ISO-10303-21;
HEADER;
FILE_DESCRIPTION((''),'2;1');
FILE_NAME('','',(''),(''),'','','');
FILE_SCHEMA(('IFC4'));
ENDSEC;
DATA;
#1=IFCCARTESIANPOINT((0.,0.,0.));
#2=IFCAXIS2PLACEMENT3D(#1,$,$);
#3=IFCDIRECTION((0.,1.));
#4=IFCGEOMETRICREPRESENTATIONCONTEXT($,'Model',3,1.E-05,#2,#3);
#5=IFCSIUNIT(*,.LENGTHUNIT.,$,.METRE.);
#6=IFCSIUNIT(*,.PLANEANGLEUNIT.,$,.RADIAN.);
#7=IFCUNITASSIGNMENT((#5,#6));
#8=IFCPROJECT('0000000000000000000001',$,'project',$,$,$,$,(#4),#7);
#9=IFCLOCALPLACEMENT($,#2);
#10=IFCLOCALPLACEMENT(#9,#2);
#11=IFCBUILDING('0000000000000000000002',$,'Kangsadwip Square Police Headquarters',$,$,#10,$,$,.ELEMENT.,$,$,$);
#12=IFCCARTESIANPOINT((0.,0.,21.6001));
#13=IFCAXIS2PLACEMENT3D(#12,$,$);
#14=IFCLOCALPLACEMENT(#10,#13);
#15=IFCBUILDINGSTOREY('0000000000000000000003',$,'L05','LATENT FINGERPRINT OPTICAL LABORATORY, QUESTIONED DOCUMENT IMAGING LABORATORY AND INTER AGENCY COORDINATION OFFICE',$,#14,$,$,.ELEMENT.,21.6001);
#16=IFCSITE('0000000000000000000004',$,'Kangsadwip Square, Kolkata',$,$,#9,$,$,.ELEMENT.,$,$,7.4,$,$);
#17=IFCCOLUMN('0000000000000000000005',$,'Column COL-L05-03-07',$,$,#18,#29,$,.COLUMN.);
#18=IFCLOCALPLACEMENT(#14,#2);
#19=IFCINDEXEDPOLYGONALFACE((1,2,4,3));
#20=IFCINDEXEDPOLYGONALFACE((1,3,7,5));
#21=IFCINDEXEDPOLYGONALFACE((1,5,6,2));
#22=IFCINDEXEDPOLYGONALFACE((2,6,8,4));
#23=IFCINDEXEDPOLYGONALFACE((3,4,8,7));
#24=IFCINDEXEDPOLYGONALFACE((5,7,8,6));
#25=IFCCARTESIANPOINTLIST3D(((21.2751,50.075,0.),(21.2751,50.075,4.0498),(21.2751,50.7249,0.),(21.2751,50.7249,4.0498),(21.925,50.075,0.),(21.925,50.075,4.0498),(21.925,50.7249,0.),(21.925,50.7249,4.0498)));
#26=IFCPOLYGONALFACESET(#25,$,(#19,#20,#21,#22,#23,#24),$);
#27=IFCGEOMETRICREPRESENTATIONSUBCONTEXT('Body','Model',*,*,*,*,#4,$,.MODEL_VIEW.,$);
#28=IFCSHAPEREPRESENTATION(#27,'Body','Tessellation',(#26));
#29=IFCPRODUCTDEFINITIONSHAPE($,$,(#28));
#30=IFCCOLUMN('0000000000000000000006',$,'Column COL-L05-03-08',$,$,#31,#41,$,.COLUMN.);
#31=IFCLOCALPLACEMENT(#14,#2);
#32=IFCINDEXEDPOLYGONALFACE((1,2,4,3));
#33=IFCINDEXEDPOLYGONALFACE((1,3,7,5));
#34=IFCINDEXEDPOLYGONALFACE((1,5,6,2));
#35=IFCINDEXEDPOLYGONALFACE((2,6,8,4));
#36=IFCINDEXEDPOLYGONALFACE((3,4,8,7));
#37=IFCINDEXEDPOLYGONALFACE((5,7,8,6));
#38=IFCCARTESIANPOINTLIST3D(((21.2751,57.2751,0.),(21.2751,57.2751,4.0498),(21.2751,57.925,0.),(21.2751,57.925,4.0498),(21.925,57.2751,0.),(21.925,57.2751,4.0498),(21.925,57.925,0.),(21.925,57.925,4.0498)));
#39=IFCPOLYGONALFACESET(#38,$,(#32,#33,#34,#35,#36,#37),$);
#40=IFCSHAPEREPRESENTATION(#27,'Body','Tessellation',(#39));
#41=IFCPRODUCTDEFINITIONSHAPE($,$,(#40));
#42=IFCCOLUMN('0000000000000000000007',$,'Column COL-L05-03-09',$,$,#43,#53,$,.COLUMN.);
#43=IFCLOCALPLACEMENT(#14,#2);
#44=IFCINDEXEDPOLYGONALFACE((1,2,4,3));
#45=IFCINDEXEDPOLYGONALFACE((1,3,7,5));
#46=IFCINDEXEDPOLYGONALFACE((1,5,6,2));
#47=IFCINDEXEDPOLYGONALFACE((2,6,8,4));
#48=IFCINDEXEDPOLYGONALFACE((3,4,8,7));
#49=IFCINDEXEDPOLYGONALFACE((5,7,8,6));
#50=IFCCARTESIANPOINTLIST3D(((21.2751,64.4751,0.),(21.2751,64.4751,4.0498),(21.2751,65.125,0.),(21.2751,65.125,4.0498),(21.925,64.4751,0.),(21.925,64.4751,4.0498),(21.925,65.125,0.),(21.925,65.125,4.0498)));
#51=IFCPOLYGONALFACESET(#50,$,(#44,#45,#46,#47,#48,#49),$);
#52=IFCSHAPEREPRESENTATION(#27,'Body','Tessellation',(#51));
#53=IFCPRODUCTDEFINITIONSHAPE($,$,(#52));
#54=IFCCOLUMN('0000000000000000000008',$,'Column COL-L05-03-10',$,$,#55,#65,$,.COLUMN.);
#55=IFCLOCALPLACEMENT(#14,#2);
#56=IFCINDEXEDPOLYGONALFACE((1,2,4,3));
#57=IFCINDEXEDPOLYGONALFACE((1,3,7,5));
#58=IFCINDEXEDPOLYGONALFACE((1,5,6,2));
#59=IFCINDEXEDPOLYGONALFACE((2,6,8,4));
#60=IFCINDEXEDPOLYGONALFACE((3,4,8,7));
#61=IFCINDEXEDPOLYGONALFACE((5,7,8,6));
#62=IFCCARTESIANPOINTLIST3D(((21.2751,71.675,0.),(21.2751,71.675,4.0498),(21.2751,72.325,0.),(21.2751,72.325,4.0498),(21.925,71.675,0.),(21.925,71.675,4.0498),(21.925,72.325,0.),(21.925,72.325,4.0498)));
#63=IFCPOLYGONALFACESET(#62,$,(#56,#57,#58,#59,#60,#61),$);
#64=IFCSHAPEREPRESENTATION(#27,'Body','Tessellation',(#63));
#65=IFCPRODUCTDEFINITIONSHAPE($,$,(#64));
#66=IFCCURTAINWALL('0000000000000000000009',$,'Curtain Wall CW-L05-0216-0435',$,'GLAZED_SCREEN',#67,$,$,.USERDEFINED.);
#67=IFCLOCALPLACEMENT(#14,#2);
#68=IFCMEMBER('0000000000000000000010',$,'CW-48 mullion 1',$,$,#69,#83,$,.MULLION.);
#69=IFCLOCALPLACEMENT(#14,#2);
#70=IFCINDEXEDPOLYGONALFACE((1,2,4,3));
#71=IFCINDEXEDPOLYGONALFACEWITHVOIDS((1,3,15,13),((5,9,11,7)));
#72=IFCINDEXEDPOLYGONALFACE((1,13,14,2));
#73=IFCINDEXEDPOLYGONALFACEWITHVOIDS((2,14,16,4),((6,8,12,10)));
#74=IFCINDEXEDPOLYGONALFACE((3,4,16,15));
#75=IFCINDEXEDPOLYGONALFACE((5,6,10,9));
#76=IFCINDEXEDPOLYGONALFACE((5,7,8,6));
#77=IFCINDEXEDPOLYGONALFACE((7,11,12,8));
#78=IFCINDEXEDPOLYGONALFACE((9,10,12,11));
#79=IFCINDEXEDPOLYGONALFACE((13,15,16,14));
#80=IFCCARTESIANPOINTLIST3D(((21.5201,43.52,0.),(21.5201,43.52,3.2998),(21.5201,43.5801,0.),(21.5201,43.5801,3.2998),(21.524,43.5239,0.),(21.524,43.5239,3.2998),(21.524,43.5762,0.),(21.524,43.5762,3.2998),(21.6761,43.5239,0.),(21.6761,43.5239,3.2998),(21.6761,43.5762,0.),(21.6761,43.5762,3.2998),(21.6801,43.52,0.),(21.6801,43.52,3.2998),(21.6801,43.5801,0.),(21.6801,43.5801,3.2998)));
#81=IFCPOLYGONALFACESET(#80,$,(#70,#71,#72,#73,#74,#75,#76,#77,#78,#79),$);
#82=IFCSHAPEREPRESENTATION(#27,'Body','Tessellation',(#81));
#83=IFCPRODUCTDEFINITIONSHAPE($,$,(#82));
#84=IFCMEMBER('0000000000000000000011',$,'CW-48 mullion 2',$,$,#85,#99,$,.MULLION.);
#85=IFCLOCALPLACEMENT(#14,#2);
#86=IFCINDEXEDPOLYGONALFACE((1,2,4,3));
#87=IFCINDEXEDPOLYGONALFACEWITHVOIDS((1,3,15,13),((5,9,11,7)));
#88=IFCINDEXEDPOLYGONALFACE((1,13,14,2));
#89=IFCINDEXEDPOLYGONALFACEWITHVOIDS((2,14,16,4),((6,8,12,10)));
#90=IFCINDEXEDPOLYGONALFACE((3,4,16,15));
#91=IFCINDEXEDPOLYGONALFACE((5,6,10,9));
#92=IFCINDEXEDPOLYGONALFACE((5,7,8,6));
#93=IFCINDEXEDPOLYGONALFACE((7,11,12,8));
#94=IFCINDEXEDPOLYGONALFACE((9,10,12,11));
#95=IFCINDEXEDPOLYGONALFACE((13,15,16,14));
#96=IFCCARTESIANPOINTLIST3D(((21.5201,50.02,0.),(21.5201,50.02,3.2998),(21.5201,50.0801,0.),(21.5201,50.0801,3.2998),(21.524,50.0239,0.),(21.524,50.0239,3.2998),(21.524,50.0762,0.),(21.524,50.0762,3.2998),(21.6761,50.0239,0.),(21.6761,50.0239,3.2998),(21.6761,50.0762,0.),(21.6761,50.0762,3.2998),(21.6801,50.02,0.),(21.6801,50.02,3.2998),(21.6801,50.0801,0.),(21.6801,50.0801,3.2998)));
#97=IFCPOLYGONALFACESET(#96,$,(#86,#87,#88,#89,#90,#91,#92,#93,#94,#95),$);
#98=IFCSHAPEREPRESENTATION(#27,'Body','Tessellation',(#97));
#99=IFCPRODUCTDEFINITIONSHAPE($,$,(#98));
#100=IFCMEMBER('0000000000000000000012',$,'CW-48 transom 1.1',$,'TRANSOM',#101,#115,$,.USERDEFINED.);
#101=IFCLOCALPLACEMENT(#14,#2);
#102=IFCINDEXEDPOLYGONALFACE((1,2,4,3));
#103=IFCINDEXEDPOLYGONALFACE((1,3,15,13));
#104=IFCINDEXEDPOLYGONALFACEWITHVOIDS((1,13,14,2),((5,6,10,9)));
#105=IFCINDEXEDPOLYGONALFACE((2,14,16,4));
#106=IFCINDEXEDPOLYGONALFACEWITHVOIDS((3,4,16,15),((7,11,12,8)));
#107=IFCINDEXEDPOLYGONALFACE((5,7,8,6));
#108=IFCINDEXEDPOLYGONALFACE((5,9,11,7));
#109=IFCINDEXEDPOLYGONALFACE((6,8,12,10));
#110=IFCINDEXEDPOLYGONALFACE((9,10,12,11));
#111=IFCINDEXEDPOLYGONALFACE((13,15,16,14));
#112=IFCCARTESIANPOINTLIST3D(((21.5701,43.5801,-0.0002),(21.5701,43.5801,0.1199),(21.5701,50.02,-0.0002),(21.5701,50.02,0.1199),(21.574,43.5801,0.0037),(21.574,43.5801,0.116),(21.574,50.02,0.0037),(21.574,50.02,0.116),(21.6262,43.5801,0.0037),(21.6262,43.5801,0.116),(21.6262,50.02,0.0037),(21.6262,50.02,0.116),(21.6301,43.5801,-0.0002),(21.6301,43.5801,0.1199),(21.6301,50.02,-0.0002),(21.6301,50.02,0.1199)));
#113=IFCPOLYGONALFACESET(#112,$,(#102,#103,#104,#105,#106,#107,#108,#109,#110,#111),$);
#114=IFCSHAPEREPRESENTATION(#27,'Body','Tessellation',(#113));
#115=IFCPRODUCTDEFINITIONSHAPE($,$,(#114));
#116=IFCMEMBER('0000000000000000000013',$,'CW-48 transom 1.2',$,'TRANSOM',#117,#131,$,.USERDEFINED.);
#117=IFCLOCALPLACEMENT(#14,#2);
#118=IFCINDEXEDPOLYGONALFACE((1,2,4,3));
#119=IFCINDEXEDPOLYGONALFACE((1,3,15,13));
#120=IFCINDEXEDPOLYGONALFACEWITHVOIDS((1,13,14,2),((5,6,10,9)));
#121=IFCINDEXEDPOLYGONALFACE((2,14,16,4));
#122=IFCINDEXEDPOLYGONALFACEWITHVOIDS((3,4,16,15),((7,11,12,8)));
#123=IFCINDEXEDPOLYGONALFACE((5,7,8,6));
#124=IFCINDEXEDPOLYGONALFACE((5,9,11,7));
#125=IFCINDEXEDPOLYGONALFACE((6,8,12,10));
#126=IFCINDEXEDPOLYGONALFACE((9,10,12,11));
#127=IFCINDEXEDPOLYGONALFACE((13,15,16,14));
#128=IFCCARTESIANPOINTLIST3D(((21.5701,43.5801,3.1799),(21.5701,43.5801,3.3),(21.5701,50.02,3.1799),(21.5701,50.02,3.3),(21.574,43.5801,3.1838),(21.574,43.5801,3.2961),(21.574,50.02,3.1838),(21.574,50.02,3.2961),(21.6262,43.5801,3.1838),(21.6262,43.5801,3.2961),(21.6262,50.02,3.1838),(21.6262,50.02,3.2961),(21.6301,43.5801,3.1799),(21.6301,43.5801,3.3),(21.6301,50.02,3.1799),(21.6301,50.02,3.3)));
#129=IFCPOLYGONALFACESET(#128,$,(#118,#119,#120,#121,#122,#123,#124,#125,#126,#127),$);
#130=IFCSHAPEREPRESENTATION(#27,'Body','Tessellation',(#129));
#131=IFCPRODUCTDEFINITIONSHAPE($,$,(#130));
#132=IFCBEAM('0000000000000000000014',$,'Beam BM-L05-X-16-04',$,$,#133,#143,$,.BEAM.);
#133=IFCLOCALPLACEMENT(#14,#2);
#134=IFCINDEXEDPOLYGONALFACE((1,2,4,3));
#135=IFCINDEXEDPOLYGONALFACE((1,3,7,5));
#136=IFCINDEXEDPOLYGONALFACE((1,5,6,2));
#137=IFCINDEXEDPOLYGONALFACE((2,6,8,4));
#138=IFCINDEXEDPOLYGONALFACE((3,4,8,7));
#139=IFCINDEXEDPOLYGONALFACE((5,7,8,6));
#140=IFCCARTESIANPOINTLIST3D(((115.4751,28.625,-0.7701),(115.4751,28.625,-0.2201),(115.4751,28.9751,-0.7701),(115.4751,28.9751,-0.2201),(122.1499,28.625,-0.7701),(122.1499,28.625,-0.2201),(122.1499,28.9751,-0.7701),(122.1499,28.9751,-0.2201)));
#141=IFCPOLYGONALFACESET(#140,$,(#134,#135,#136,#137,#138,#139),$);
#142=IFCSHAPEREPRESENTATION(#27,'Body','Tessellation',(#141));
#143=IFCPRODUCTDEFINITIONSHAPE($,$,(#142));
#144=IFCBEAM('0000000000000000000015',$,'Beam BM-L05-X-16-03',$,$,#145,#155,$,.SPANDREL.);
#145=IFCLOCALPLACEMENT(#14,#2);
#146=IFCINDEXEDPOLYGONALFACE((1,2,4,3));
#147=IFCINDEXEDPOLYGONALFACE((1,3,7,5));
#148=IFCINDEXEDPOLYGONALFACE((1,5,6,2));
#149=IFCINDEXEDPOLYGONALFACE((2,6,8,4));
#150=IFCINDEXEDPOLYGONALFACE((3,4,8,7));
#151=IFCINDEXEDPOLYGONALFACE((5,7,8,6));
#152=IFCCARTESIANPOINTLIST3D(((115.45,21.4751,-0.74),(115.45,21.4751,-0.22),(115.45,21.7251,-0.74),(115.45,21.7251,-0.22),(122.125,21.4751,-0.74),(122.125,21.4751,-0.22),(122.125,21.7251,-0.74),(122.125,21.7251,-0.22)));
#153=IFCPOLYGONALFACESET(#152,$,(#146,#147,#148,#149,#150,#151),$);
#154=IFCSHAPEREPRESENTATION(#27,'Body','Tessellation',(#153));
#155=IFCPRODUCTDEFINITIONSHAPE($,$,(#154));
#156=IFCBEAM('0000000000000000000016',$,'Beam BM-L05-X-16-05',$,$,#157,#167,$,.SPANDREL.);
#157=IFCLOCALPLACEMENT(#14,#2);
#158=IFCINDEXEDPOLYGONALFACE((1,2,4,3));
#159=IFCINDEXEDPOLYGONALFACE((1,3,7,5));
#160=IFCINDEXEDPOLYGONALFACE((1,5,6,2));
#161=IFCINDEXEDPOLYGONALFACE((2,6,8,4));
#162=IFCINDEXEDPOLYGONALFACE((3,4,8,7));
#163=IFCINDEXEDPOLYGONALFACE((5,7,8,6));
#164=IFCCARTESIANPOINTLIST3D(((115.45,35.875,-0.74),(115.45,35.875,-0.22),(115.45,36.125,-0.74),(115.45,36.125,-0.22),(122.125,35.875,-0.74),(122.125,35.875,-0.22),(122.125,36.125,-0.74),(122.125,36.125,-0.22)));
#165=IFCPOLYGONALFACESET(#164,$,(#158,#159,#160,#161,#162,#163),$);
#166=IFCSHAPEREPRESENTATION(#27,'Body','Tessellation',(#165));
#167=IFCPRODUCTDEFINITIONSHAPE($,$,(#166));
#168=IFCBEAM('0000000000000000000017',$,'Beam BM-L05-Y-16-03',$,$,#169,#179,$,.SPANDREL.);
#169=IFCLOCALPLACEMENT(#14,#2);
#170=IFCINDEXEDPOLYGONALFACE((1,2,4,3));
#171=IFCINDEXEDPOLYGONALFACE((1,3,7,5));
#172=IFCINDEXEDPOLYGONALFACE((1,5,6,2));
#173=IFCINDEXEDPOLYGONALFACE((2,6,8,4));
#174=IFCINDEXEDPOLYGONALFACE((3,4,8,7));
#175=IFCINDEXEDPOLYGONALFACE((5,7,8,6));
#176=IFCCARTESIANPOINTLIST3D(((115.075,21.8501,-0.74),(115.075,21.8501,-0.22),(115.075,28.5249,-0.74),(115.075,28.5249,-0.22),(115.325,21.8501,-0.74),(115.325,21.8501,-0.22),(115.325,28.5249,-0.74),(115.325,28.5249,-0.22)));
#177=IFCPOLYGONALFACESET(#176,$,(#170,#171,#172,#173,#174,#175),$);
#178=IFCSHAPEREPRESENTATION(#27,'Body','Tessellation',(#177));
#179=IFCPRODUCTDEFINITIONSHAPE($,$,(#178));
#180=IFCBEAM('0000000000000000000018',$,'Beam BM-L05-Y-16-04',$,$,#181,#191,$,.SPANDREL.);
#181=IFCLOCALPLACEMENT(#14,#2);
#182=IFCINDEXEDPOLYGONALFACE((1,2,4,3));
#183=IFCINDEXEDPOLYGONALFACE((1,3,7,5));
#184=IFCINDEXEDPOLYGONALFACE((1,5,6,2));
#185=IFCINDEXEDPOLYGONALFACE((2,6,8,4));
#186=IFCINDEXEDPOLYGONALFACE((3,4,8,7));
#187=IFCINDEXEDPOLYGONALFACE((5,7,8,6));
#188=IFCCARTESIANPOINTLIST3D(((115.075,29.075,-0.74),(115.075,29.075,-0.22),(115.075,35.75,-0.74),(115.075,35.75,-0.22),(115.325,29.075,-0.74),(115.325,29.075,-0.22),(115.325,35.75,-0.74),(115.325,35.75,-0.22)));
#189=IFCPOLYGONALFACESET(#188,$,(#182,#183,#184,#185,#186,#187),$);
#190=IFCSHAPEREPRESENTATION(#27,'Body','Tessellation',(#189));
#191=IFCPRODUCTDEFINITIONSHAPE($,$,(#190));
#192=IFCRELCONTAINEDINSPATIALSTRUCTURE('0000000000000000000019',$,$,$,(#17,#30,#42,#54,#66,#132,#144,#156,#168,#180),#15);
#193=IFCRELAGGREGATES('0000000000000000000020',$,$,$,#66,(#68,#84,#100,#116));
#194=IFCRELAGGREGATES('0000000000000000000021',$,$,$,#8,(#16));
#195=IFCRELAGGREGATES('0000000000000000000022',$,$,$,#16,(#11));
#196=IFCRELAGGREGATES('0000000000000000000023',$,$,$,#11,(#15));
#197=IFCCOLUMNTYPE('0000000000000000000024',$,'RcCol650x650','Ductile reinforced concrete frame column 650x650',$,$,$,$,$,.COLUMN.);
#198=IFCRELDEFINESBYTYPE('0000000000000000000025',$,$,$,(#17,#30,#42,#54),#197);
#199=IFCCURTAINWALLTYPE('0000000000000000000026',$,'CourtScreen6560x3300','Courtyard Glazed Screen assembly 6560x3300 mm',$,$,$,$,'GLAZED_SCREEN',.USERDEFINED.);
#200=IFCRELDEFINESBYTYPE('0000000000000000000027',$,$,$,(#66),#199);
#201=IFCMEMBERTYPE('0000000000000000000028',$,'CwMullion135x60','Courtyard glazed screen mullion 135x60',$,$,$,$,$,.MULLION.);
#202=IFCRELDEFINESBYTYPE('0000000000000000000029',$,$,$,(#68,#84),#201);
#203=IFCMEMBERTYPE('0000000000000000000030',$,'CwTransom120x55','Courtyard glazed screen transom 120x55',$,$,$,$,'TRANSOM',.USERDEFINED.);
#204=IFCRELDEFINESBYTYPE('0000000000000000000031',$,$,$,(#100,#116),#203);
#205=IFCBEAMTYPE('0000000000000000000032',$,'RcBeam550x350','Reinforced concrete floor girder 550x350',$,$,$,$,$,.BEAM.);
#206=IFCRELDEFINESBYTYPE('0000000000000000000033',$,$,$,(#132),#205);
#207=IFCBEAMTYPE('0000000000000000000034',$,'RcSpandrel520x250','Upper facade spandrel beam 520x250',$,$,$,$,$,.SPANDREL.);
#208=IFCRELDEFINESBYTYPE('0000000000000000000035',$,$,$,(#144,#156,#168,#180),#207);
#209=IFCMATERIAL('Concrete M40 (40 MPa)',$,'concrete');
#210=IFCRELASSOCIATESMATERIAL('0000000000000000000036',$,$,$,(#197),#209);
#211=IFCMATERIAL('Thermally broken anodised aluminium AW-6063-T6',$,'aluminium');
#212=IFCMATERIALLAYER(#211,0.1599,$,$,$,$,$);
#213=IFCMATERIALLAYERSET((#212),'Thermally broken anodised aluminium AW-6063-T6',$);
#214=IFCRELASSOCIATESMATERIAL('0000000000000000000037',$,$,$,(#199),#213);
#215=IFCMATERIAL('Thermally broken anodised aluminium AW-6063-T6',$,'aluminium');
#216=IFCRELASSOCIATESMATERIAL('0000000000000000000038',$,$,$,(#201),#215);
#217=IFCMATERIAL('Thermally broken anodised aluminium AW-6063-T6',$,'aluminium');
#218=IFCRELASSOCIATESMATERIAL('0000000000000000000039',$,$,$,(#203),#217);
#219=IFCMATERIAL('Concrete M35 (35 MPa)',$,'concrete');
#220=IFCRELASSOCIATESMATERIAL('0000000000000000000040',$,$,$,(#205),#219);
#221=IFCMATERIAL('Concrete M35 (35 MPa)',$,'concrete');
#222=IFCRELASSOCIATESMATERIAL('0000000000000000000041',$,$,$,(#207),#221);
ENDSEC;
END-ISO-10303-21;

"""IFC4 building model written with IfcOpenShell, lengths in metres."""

from ifc_helpers import new_model, si_unit, direction, frame, origin, origin_2d, place, context, subcontext, project, spatial, rectangle, hollow_rectangle, extrude, material, layer, layer_set, material_profile, profile_set, type_object, element, aggregate, save


model = new_model("IFC4")

# Units and contexts
model_context = context("Model", 3, precision=1e-05, world=origin(), true_north=direction((0.0, 1.0)))
body_context = subcontext(model_context, "Body", "Model", "MODEL_VIEW")
ifc_project = project(units=[si_unit("LENGTHUNIT", "METRE"), si_unit("PLANEANGLEUNIT", "RADIAN")], contexts=[model_context])

# Site, building, storey
site_placement = place(None, origin())
site = spatial("IfcSite", under=ifc_project, at=site_placement, Name="Kangsadwip Square, Kolkata", CompositionType="ELEMENT", RefElevation=7.4)
building_placement = place(site_placement, origin())
building = spatial("IfcBuilding", under=site, at=building_placement, Name="Kangsadwip Square Police Headquarters", CompositionType="ELEMENT")
storey_placement = place(building_placement, frame((0.0, 0.0, 21.6001)))
storey = spatial("IfcBuildingStorey", under=building, at=storey_placement, Name="L05", Description="LATENT FINGERPRINT OPTICAL LABORATORY, QUESTIONED DOCUMENT IMAGING LABORATORY AND INTER AGENCY COORDINATION OFFICE", CompositionType="ELEMENT", Elevation=21.6001)

# Columns
ifc_material_1 = material(Name="Concrete M40 (40 MPa)", Category="concrete")
ifc_material_profile_1 = material_profile(ifc_material_1, rectangle(XDim=0.6499, YDim=0.6499, at=origin_2d()), Name="RC COL 650X650")
ifc_profile_set_1 = profile_set([ifc_material_profile_1], Name="Concrete M40 (40 MPa)")
column_type = type_object("IfcColumnType", Name="RcCol650x650", Description="Ductile reinforced concrete frame column 650x650", PredefinedType="COLUMN", material=ifc_profile_set_1)
for number, where, z_axis, x_axis, name in (
    (1, (21.6001, 50.3999, 0.0), (0.0, 0.0, 1.0), (1.0, 0.0, 0.0), "Column COL-L05-03-07"),
    (2, (21.6001, 57.6001, 0.0), (0.0, 0.0, 1.0), (1.0, 0.0, 0.0), "Column COL-L05-03-08"),
    (3, (21.6001, 64.8, 0.0), (0.0, 0.0, 1.0), (1.0, 0.0, 0.0), "Column COL-L05-03-09"),
    (4, (21.6001, 72.0, 0.0), (0.0, 0.0, 1.0), (1.0, 0.0, 0.0), "Column COL-L05-03-10"),
):
    element("IfcColumn", number, at=place(storey_placement, frame(where, z_axis=z_axis, x_axis=x_axis)), inside=storey, type_object=column_type, Name=name, PredefinedType="COLUMN", context=body_context, shape_type="SweptSolid", body=[
        extrude(rectangle(XDim=0.6499, YDim=0.6499, at=origin_2d()), origin(), (0.0, 0.0, 1.0), 4.0498),
    ])

# Curtain wall, members
ifc_material_2 = material(Name="Thermally broken anodised aluminium AW-6063-T6", Category="aluminium")
ifc_layer_1 = layer(ifc_material_2, 0.1599)
ifc_layer_set_1 = layer_set([ifc_layer_1], Name="Thermally broken anodised aluminium AW-6063-T6")
curtain_wall_type = type_object("IfcCurtainWallType", Name="CourtScreen6560x3300", Description="Courtyard Glazed Screen assembly 6560x3300 mm", ElementType="GLAZED_SCREEN", PredefinedType="USERDEFINED", material=ifc_layer_set_1)
curtain_wall_placement = place(storey_placement, origin())
curtain_wall = element("IfcCurtainWall", 5, at=curtain_wall_placement, inside=storey, type_object=curtain_wall_type, Name="Curtain Wall CW-L05-0216-0435", ObjectType="GLAZED_SCREEN", PredefinedType="USERDEFINED")
ifc_material_3 = material(Name="Thermally broken anodised aluminium AW-6063-T6", Category="aluminium")
ifc_material_profile_2 = material_profile(ifc_material_3, hollow_rectangle(XDim=0.0601, YDim=0.1599, WallThickness=0.0039, at=origin_2d()), Name="CWM 160X60X4")
ifc_profile_set_2 = profile_set([ifc_material_profile_2], Name="Thermally broken anodised aluminium AW-6063-T6")
member_type_1 = type_object("IfcMemberType", Name="CwMullion135x60", Description="Courtyard glazed screen mullion 135x60", PredefinedType="MULLION", material=ifc_profile_set_2)
member_1_placement = place(storey_placement, frame((21.6001, 43.55, 0.0), z_axis=(0.0, 0.0, 1.0), x_axis=(0.0, 1.0, 0.0)))
member_1 = element("IfcMember", 6, at=member_1_placement, type_object=member_type_1, Name="CW-48 mullion 1", PredefinedType="MULLION", context=body_context, shape_type="SweptSolid", body=[
    extrude(hollow_rectangle(XDim=0.0601, YDim=0.1599, WallThickness=0.0039, at=origin_2d()), origin(), (0.0, 0.0, 1.0), 3.2998),
])
member_2_placement = place(storey_placement, frame((21.6001, 50.05, 0.0), z_axis=(0.0, 0.0, 1.0), x_axis=(0.0, 1.0, 0.0)))
member_2 = element("IfcMember", 7, at=member_2_placement, type_object=member_type_1, Name="CW-48 mullion 2", PredefinedType="MULLION", context=body_context, shape_type="SweptSolid", body=[
    extrude(hollow_rectangle(XDim=0.0601, YDim=0.1599, WallThickness=0.0039, at=origin_2d()), origin(), (0.0, 0.0, 1.0), 3.2998),
])
ifc_material_4 = material(Name="Thermally broken anodised aluminium AW-6063-T6", Category="aluminium")
ifc_material_profile_3 = material_profile(ifc_material_4, hollow_rectangle(XDim=0.0601, YDim=0.1201, WallThickness=0.0039, at=origin_2d()), Name="CWT 120X60X4")
ifc_profile_set_3 = profile_set([ifc_material_profile_3], Name="Thermally broken anodised aluminium AW-6063-T6")
member_type_2 = type_object("IfcMemberType", Name="CwTransom120x55", Description="Courtyard glazed screen transom 120x55", ElementType="TRANSOM", PredefinedType="USERDEFINED", material=ifc_profile_set_3)
member_3_placement = place(storey_placement, frame((21.6001, 43.5801, 0.0598), z_axis=(0.0, 1.0, 0.0), x_axis=(-1.0, 0.0, 0.0)))
member_3 = element("IfcMember", 8, at=member_3_placement, type_object=member_type_2, Name="CW-48 transom 1.1", ObjectType="TRANSOM", PredefinedType="USERDEFINED", context=body_context, shape_type="SweptSolid", body=[
    extrude(hollow_rectangle(XDim=0.0601, YDim=0.1201, WallThickness=0.0039, at=origin_2d()), origin(), (0.0, 0.0, 1.0), 6.4399),
])
member_4_placement = place(storey_placement, frame((21.6001, 43.5801, 3.24), z_axis=(0.0, 1.0, 0.0), x_axis=(-1.0, 0.0, 0.0)))
member_4 = element("IfcMember", 9, at=member_4_placement, type_object=member_type_2, Name="CW-48 transom 1.2", ObjectType="TRANSOM", PredefinedType="USERDEFINED", context=body_context, shape_type="SweptSolid", body=[
    extrude(hollow_rectangle(XDim=0.0601, YDim=0.1201, WallThickness=0.0039, at=origin_2d()), origin(), (0.0, 0.0, 1.0), 6.4399),
])

# Beams
ifc_material_5 = material(Name="Concrete M35 (35 MPa)", Category="concrete")
ifc_material_profile_4 = material_profile(ifc_material_5, rectangle(XDim=0.3501, YDim=0.55, at=origin_2d()), Name="RC BM 550X350")
ifc_profile_set_4 = profile_set([ifc_material_profile_4], Name="Concrete M35 (35 MPa)")
beam_type_1 = type_object("IfcBeamType", Name="RcBeam550x350", Description="Reinforced concrete floor girder 550x350", PredefinedType="BEAM", material=ifc_profile_set_4)
beam_1_placement = place(storey_placement, frame((115.4751, 28.8, -0.4951), z_axis=(1.0, 0.0, 0.0), x_axis=(0.0, 1.0, 0.0)))
element("IfcBeam", 10, at=beam_1_placement, inside=storey, type_object=beam_type_1, Name="Beam BM-L05-X-16-04", PredefinedType="BEAM", context=body_context, shape_type="SweptSolid", body=[
    extrude(rectangle(XDim=0.3501, YDim=0.55, at=origin_2d()), origin(), (0.0, 0.0, 1.0), 6.6748),
])
ifc_material_6 = material(Name="Concrete M35 (35 MPa)", Category="concrete")
ifc_material_profile_5 = material_profile(ifc_material_6, rectangle(XDim=0.25, YDim=0.52, at=origin_2d()), Name="RC SPN 520X250")
ifc_profile_set_5 = profile_set([ifc_material_profile_5], Name="Concrete M35 (35 MPa)")
beam_type_2 = type_object("IfcBeamType", Name="RcSpandrel520x250", Description="Upper facade spandrel beam 520x250", PredefinedType="SPANDREL", material=ifc_profile_set_5)
for number, where, z_axis, x_axis, name in (
    (11, (115.45, 21.6001, -0.48), (1.0, 0.0, 0.0), (0.0, 1.0, 0.0), "Beam BM-L05-X-16-03"),
    (12, (115.45, 36.0, -0.48), (1.0, 0.0, 0.0), (0.0, 1.0, 0.0), "Beam BM-L05-X-16-05"),
):
    element("IfcBeam", number, at=place(storey_placement, frame(where, z_axis=z_axis, x_axis=x_axis)), inside=storey, type_object=beam_type_2, Name=name, PredefinedType="SPANDREL", context=body_context, shape_type="SweptSolid", body=[
        extrude(rectangle(XDim=0.25, YDim=0.52, at=origin_2d()), origin(), (0.0, 0.0, 1.0), 6.675),
    ])
beam_2_placement = place(storey_placement, frame((115.2, 21.8501, -0.48), z_axis=(0.0, 1.0, 0.0), x_axis=(-1.0, 0.0, 0.0)))
element("IfcBeam", 13, at=beam_2_placement, inside=storey, type_object=beam_type_2, Name="Beam BM-L05-Y-16-03", PredefinedType="SPANDREL", context=body_context, shape_type="SweptSolid", body=[
    extrude(rectangle(XDim=0.25, YDim=0.52, at=origin_2d()), origin(), (0.0, 0.0, 1.0), 6.6748),
])
beam_3_placement = place(storey_placement, frame((115.2, 29.075, -0.48), z_axis=(0.0, 1.0, 0.0), x_axis=(-1.0, 0.0, 0.0)))
element("IfcBeam", 14, at=beam_3_placement, inside=storey, type_object=beam_type_2, Name="Beam BM-L05-Y-16-04", PredefinedType="SPANDREL", context=body_context, shape_type="SweptSolid", body=[
    extrude(rectangle(XDim=0.25, YDim=0.52, at=origin_2d()), origin(), (0.0, 0.0, 1.0), 6.675),
])

aggregate(curtain_wall, [member_1, member_2, member_3, member_4])

save(model, "model.ifc")
